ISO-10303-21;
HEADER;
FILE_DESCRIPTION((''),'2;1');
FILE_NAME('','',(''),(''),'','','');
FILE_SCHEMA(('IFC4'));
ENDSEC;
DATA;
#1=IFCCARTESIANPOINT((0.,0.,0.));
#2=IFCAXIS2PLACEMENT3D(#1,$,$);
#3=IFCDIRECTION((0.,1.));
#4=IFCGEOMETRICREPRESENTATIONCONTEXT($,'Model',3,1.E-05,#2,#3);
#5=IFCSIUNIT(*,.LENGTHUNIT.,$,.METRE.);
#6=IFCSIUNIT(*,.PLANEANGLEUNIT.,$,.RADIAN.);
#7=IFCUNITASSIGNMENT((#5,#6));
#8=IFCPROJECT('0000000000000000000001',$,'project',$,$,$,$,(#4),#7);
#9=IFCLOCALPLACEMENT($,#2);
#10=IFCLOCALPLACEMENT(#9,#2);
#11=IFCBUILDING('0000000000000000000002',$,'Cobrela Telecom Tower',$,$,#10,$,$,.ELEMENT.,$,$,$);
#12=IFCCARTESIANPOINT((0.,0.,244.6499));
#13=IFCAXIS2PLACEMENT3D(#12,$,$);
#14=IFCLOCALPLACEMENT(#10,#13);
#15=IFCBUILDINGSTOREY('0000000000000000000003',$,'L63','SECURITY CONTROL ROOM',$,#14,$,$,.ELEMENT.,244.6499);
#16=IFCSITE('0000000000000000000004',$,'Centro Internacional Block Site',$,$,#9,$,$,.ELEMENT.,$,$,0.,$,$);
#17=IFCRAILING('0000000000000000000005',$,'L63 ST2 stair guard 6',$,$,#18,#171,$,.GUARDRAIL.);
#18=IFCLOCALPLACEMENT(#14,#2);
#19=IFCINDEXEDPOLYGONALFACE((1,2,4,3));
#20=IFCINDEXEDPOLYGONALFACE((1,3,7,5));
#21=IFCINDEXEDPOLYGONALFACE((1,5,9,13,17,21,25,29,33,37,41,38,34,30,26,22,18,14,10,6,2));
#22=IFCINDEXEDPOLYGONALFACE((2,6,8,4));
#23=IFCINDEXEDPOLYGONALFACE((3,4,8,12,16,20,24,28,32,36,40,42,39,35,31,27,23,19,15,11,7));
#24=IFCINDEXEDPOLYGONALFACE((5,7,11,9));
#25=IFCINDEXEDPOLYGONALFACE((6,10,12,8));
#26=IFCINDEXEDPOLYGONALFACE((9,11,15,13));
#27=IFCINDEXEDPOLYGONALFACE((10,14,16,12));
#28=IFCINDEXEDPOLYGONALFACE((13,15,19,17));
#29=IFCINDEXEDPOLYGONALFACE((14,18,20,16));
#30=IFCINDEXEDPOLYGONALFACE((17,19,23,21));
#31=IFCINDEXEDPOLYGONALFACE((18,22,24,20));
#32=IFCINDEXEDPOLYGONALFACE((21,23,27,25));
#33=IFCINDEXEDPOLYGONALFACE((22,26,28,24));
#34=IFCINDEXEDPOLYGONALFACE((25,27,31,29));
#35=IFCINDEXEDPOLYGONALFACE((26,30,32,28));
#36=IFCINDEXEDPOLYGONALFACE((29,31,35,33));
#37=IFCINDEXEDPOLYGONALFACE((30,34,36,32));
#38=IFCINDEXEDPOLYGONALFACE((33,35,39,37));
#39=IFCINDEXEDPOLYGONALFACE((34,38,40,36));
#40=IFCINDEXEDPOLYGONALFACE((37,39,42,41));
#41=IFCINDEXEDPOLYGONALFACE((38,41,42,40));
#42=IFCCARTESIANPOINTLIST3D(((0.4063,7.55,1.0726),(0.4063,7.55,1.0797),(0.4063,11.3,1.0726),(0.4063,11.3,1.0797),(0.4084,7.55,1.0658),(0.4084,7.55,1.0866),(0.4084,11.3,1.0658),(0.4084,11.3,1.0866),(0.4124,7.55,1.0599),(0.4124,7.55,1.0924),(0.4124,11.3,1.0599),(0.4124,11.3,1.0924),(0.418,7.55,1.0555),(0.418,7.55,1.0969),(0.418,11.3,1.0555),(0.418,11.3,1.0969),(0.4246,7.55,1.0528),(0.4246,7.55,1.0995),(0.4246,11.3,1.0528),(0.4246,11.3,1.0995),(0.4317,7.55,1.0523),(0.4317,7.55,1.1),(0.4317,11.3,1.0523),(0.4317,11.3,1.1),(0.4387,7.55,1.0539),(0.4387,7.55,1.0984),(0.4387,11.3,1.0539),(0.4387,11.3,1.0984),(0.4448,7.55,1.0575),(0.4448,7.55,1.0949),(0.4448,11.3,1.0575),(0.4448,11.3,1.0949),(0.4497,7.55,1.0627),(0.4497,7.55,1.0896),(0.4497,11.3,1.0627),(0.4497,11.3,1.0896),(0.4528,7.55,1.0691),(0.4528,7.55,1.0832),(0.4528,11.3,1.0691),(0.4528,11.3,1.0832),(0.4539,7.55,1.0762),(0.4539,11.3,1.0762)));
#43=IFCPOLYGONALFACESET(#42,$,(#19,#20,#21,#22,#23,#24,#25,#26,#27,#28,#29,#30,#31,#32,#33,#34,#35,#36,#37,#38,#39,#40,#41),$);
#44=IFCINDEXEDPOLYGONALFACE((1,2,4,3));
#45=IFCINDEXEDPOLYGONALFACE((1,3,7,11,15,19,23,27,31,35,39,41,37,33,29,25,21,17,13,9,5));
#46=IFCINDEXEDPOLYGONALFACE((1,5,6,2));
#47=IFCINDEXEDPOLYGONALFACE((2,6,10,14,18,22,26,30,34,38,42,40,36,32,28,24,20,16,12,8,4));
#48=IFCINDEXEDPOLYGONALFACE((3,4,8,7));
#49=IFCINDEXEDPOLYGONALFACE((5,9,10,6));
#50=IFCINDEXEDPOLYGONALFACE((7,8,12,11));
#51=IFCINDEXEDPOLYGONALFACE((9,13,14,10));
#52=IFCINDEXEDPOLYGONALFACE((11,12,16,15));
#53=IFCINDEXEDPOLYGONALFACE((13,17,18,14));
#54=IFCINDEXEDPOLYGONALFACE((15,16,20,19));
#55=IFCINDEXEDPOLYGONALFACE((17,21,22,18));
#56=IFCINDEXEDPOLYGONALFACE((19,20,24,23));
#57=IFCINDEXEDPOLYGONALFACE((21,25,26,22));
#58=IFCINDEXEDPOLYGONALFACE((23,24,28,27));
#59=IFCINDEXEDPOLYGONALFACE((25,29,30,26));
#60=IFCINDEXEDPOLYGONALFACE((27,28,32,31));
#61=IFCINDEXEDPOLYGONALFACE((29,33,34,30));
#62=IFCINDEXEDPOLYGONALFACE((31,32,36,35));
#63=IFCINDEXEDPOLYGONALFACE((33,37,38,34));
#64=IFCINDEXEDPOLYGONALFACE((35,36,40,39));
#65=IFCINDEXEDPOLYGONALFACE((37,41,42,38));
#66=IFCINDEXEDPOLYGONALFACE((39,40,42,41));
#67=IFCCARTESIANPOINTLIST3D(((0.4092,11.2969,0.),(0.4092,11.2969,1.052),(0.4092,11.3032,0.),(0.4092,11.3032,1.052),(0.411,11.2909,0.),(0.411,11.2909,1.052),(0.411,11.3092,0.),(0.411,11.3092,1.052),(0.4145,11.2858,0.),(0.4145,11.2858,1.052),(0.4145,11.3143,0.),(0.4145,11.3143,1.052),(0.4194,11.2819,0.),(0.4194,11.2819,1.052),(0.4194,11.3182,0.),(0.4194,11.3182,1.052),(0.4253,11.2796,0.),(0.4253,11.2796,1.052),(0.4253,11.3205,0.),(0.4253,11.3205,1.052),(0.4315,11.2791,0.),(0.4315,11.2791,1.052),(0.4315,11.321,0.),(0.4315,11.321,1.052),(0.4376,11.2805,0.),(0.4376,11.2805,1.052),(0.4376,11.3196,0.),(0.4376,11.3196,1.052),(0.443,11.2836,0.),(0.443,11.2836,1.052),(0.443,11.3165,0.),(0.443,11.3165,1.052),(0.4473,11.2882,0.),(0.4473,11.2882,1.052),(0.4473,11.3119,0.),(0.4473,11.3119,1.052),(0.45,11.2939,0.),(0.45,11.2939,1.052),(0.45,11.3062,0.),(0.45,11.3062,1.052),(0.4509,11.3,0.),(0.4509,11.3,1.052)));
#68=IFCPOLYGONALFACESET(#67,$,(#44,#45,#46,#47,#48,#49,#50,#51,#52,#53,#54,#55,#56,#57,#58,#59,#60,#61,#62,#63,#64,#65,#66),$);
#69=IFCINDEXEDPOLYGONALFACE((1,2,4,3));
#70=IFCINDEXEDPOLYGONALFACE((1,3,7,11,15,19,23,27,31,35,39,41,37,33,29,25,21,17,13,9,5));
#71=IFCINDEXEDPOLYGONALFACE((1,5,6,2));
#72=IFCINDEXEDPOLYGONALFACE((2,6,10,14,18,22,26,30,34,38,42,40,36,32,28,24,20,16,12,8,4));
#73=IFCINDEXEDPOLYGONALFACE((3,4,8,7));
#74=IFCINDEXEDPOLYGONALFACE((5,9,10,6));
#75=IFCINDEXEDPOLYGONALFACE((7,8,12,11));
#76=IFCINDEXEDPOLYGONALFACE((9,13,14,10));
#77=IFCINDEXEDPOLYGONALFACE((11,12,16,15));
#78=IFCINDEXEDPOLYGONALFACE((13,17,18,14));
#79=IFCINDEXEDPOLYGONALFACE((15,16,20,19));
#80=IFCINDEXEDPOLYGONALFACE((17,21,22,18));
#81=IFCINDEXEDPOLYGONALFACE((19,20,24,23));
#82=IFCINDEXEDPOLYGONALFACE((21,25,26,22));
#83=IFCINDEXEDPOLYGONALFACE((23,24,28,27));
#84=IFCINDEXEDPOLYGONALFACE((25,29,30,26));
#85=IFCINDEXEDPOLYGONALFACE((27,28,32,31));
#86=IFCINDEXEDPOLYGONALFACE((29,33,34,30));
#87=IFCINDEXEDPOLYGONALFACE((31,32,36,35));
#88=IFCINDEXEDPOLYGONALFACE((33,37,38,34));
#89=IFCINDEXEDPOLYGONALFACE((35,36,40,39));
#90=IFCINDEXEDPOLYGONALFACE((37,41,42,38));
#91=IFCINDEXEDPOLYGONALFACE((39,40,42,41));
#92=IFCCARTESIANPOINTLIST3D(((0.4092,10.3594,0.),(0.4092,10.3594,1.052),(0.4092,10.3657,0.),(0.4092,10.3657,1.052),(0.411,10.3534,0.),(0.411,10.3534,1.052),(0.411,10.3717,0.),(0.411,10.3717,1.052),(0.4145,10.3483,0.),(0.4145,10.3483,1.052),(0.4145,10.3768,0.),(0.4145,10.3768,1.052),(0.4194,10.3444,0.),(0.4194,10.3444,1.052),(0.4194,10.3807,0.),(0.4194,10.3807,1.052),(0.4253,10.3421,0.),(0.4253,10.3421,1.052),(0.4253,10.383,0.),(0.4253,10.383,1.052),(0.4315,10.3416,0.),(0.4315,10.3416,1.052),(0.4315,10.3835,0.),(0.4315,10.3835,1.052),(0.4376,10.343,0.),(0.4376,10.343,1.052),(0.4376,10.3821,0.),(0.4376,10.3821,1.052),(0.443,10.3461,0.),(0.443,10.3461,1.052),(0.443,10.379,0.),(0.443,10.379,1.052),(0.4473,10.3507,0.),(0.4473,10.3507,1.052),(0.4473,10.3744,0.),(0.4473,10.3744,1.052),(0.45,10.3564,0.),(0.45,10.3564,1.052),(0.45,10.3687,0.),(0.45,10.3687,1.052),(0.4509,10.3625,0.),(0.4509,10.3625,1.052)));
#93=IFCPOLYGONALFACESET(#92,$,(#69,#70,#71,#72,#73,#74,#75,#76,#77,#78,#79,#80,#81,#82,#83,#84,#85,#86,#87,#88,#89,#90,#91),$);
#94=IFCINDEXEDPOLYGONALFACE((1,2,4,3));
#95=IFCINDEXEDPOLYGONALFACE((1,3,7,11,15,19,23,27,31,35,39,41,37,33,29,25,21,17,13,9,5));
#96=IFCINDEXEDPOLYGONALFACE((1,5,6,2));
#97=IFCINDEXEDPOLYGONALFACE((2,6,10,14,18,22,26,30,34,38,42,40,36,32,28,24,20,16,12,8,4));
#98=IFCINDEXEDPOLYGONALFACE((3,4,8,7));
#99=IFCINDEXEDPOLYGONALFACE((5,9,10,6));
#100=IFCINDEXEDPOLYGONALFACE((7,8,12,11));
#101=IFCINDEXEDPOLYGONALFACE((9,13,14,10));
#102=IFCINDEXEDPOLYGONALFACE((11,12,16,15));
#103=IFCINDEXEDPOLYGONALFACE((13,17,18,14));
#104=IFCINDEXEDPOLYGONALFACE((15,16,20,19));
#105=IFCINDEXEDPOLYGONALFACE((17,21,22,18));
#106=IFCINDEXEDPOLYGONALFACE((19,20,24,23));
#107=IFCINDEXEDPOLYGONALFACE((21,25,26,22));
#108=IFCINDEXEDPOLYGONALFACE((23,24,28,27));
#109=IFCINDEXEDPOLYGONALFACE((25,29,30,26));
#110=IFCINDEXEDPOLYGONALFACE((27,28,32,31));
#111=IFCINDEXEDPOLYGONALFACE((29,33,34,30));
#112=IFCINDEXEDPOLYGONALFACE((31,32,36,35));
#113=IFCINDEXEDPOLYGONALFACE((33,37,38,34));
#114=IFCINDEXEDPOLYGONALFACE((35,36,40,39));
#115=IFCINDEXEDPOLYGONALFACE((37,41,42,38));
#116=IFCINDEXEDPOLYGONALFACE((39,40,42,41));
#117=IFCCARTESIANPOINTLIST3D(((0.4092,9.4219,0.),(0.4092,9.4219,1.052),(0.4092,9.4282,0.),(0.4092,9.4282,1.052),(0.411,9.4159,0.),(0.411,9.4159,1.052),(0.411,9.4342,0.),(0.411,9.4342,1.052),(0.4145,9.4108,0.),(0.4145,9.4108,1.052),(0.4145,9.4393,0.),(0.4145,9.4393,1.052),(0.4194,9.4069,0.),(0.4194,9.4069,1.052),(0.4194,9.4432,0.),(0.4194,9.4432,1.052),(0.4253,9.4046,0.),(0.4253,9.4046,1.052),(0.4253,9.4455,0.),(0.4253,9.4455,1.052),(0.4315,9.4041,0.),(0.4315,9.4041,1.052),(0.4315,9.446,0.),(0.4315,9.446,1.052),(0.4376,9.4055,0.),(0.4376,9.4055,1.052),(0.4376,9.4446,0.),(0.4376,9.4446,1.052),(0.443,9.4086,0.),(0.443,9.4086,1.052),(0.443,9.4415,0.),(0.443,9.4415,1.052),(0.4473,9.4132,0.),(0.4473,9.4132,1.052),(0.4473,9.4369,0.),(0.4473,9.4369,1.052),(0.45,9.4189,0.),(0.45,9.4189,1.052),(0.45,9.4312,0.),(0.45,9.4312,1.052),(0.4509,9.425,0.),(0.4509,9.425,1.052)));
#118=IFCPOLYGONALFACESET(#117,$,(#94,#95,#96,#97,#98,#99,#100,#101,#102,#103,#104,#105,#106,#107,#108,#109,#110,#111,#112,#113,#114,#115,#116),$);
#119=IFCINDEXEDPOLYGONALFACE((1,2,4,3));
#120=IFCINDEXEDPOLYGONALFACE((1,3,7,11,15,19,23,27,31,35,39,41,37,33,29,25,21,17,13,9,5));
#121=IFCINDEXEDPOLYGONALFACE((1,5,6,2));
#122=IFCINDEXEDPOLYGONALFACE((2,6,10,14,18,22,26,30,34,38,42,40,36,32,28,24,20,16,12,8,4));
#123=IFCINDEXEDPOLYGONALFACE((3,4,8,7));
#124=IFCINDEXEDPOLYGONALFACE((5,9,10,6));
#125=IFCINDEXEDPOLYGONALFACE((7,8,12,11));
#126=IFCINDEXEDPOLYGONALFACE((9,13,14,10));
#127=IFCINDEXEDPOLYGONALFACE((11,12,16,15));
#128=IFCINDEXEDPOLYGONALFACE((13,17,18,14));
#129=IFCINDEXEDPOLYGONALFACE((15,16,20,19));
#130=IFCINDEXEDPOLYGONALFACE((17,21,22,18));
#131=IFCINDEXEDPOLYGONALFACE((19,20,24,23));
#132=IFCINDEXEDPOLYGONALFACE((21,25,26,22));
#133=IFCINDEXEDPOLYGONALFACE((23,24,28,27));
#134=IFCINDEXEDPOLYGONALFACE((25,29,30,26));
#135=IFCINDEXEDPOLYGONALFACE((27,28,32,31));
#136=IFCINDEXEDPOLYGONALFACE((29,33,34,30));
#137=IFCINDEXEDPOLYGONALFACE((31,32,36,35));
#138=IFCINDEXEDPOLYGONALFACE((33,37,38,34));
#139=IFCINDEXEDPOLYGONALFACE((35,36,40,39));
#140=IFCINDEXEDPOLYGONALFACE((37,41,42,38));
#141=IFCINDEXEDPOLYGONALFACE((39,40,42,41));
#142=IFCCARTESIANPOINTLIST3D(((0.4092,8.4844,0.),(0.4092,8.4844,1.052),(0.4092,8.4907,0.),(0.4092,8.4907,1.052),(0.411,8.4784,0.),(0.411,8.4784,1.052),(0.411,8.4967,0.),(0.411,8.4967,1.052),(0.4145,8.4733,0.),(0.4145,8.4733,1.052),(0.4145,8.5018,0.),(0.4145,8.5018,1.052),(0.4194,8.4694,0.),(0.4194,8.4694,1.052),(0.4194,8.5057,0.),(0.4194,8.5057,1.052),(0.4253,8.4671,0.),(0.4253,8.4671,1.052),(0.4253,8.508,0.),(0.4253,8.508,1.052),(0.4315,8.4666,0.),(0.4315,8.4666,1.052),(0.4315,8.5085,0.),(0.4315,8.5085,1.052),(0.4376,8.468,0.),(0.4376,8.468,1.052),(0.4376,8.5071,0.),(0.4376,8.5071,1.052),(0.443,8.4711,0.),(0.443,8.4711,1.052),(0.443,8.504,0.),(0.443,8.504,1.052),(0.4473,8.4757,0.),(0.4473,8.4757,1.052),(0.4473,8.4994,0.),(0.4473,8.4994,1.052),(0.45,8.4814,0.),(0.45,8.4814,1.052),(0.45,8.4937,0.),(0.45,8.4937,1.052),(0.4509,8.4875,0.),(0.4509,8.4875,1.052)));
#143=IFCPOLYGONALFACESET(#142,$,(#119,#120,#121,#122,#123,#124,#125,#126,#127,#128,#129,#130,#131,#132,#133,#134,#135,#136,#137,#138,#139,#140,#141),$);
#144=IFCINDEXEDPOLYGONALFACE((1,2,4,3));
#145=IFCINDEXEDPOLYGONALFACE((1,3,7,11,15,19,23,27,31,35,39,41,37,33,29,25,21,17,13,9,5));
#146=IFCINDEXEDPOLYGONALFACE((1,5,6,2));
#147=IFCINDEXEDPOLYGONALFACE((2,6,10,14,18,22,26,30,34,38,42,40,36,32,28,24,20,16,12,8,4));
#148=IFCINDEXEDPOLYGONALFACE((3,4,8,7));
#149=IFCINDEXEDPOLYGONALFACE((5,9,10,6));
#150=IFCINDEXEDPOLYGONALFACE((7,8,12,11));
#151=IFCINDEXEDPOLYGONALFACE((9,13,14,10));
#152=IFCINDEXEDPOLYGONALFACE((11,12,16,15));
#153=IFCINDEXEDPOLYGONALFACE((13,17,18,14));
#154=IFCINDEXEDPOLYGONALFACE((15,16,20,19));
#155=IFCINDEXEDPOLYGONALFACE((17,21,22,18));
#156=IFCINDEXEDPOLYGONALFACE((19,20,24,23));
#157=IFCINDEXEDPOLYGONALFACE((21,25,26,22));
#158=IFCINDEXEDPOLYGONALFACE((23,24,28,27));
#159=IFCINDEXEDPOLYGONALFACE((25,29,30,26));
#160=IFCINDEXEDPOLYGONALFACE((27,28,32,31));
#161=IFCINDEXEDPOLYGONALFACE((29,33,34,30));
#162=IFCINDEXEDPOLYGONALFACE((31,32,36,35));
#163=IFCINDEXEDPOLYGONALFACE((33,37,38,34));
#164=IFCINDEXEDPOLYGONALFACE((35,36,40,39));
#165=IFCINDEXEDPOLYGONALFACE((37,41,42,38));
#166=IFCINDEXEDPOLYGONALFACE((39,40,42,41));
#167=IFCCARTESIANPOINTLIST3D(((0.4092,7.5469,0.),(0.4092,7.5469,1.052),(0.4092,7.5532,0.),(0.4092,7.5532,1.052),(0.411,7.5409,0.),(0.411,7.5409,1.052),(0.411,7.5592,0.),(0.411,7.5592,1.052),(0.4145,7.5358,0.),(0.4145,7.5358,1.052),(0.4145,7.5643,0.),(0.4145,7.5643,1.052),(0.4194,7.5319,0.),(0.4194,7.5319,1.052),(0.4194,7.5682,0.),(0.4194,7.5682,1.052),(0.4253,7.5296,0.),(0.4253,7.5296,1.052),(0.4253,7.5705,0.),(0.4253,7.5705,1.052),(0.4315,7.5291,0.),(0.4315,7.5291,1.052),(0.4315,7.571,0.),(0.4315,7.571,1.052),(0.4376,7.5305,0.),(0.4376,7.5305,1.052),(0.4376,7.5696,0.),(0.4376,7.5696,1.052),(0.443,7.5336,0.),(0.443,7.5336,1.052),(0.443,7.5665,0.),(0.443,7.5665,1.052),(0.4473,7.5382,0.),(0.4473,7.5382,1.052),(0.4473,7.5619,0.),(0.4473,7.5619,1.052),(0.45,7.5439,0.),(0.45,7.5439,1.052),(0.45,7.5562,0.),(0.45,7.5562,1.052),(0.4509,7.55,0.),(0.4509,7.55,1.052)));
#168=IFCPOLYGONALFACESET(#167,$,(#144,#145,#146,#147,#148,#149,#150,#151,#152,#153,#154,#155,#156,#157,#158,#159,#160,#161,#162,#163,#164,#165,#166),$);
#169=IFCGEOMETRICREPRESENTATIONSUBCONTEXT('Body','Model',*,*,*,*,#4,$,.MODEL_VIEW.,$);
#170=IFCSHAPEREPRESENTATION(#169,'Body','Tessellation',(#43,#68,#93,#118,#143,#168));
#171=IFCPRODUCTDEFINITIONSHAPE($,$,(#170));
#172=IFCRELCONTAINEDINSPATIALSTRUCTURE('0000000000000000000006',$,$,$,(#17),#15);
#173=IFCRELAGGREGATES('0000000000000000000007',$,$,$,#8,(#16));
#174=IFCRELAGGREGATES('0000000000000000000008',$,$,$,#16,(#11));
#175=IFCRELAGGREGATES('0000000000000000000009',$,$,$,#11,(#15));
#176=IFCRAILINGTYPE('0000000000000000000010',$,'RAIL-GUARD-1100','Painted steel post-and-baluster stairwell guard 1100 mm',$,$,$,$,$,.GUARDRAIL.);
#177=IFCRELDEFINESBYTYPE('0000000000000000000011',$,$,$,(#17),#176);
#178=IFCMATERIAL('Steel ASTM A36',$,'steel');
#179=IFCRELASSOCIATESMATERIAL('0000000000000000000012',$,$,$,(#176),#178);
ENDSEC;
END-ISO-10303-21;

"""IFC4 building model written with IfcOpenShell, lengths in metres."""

from ifc_helpers import new_model, si_unit, direction, frame, origin, origin_2d, place, context, subcontext, project, spatial, circle, extrude, material, type_object, element, save


model = new_model("IFC4")

# Units and contexts
model_context = context("Model", 3, precision=1e-05, world=origin(), true_north=direction((0.0, 1.0)))
body_context = subcontext(model_context, "Body", "Model", "MODEL_VIEW")
ifc_project = project(units=[si_unit("LENGTHUNIT", "METRE"), si_unit("PLANEANGLEUNIT", "RADIAN")], contexts=[model_context])

# Site, building, storey
site_placement = place(None, origin())
site = spatial("IfcSite", under=ifc_project, at=site_placement, Name="Centro Internacional Block Site", CompositionType="ELEMENT", RefElevation=0.0)
building_placement = place(site_placement, origin())
building = spatial("IfcBuilding", under=site, at=building_placement, Name="Cobrela Telecom Tower", CompositionType="ELEMENT")
storey_placement = place(building_placement, frame((0.0, 0.0, 244.6499)))
storey = spatial("IfcBuildingStorey", under=building, at=storey_placement, Name="L63", Description="SECURITY CONTROL ROOM", CompositionType="ELEMENT", Elevation=244.6499)

# Shared definitions
ifc_material_1 = material(Name="Steel ASTM A36", Category="steel")

# Railing
railing_type = type_object("IfcRailingType", Name="RAIL-GUARD-1100", Description="Painted steel post-and-baluster stairwell guard 1100 mm", PredefinedType="GUARDRAIL", material=ifc_material_1)
railing_1_placement = place(storey_placement, frame((0.4299, 11.3, 0.0)))
element("IfcRailing", 1, at=railing_1_placement, inside=storey, type_object=railing_type, Name="L63 ST2 stair guard 6", PredefinedType="GUARDRAIL", context=body_context, shape_type="SweptSolid", body=[
    extrude(circle(Radius=0.0239, at=origin_2d()), frame((0.0, 0.0, 1.0762), z_axis=(0.0, -1.0, 0.0), x_axis=(1.0, 0.0, 0.0)), (0.0, 0.0, 1.0), 3.75),
    extrude(circle(Radius=0.021, at=origin_2d()), origin(), (0.0, 0.0, 1.0), 1.052),
    extrude(circle(Radius=0.021, at=origin_2d()), frame((0.0, -0.9375, 0.0)), (0.0, 0.0, 1.0), 1.052),
    extrude(circle(Radius=0.021, at=origin_2d()), frame((0.0, -1.875, 0.0)), (0.0, 0.0, 1.0), 1.052),
    extrude(circle(Radius=0.021, at=origin_2d()), frame((0.0, -2.8125, 0.0)), (0.0, 0.0, 1.0), 1.052),
    extrude(circle(Radius=0.021, at=origin_2d()), frame((0.0, -3.75, 0.0)), (0.0, 0.0, 1.0), 1.052),
])

save(model, "model.ifc")
